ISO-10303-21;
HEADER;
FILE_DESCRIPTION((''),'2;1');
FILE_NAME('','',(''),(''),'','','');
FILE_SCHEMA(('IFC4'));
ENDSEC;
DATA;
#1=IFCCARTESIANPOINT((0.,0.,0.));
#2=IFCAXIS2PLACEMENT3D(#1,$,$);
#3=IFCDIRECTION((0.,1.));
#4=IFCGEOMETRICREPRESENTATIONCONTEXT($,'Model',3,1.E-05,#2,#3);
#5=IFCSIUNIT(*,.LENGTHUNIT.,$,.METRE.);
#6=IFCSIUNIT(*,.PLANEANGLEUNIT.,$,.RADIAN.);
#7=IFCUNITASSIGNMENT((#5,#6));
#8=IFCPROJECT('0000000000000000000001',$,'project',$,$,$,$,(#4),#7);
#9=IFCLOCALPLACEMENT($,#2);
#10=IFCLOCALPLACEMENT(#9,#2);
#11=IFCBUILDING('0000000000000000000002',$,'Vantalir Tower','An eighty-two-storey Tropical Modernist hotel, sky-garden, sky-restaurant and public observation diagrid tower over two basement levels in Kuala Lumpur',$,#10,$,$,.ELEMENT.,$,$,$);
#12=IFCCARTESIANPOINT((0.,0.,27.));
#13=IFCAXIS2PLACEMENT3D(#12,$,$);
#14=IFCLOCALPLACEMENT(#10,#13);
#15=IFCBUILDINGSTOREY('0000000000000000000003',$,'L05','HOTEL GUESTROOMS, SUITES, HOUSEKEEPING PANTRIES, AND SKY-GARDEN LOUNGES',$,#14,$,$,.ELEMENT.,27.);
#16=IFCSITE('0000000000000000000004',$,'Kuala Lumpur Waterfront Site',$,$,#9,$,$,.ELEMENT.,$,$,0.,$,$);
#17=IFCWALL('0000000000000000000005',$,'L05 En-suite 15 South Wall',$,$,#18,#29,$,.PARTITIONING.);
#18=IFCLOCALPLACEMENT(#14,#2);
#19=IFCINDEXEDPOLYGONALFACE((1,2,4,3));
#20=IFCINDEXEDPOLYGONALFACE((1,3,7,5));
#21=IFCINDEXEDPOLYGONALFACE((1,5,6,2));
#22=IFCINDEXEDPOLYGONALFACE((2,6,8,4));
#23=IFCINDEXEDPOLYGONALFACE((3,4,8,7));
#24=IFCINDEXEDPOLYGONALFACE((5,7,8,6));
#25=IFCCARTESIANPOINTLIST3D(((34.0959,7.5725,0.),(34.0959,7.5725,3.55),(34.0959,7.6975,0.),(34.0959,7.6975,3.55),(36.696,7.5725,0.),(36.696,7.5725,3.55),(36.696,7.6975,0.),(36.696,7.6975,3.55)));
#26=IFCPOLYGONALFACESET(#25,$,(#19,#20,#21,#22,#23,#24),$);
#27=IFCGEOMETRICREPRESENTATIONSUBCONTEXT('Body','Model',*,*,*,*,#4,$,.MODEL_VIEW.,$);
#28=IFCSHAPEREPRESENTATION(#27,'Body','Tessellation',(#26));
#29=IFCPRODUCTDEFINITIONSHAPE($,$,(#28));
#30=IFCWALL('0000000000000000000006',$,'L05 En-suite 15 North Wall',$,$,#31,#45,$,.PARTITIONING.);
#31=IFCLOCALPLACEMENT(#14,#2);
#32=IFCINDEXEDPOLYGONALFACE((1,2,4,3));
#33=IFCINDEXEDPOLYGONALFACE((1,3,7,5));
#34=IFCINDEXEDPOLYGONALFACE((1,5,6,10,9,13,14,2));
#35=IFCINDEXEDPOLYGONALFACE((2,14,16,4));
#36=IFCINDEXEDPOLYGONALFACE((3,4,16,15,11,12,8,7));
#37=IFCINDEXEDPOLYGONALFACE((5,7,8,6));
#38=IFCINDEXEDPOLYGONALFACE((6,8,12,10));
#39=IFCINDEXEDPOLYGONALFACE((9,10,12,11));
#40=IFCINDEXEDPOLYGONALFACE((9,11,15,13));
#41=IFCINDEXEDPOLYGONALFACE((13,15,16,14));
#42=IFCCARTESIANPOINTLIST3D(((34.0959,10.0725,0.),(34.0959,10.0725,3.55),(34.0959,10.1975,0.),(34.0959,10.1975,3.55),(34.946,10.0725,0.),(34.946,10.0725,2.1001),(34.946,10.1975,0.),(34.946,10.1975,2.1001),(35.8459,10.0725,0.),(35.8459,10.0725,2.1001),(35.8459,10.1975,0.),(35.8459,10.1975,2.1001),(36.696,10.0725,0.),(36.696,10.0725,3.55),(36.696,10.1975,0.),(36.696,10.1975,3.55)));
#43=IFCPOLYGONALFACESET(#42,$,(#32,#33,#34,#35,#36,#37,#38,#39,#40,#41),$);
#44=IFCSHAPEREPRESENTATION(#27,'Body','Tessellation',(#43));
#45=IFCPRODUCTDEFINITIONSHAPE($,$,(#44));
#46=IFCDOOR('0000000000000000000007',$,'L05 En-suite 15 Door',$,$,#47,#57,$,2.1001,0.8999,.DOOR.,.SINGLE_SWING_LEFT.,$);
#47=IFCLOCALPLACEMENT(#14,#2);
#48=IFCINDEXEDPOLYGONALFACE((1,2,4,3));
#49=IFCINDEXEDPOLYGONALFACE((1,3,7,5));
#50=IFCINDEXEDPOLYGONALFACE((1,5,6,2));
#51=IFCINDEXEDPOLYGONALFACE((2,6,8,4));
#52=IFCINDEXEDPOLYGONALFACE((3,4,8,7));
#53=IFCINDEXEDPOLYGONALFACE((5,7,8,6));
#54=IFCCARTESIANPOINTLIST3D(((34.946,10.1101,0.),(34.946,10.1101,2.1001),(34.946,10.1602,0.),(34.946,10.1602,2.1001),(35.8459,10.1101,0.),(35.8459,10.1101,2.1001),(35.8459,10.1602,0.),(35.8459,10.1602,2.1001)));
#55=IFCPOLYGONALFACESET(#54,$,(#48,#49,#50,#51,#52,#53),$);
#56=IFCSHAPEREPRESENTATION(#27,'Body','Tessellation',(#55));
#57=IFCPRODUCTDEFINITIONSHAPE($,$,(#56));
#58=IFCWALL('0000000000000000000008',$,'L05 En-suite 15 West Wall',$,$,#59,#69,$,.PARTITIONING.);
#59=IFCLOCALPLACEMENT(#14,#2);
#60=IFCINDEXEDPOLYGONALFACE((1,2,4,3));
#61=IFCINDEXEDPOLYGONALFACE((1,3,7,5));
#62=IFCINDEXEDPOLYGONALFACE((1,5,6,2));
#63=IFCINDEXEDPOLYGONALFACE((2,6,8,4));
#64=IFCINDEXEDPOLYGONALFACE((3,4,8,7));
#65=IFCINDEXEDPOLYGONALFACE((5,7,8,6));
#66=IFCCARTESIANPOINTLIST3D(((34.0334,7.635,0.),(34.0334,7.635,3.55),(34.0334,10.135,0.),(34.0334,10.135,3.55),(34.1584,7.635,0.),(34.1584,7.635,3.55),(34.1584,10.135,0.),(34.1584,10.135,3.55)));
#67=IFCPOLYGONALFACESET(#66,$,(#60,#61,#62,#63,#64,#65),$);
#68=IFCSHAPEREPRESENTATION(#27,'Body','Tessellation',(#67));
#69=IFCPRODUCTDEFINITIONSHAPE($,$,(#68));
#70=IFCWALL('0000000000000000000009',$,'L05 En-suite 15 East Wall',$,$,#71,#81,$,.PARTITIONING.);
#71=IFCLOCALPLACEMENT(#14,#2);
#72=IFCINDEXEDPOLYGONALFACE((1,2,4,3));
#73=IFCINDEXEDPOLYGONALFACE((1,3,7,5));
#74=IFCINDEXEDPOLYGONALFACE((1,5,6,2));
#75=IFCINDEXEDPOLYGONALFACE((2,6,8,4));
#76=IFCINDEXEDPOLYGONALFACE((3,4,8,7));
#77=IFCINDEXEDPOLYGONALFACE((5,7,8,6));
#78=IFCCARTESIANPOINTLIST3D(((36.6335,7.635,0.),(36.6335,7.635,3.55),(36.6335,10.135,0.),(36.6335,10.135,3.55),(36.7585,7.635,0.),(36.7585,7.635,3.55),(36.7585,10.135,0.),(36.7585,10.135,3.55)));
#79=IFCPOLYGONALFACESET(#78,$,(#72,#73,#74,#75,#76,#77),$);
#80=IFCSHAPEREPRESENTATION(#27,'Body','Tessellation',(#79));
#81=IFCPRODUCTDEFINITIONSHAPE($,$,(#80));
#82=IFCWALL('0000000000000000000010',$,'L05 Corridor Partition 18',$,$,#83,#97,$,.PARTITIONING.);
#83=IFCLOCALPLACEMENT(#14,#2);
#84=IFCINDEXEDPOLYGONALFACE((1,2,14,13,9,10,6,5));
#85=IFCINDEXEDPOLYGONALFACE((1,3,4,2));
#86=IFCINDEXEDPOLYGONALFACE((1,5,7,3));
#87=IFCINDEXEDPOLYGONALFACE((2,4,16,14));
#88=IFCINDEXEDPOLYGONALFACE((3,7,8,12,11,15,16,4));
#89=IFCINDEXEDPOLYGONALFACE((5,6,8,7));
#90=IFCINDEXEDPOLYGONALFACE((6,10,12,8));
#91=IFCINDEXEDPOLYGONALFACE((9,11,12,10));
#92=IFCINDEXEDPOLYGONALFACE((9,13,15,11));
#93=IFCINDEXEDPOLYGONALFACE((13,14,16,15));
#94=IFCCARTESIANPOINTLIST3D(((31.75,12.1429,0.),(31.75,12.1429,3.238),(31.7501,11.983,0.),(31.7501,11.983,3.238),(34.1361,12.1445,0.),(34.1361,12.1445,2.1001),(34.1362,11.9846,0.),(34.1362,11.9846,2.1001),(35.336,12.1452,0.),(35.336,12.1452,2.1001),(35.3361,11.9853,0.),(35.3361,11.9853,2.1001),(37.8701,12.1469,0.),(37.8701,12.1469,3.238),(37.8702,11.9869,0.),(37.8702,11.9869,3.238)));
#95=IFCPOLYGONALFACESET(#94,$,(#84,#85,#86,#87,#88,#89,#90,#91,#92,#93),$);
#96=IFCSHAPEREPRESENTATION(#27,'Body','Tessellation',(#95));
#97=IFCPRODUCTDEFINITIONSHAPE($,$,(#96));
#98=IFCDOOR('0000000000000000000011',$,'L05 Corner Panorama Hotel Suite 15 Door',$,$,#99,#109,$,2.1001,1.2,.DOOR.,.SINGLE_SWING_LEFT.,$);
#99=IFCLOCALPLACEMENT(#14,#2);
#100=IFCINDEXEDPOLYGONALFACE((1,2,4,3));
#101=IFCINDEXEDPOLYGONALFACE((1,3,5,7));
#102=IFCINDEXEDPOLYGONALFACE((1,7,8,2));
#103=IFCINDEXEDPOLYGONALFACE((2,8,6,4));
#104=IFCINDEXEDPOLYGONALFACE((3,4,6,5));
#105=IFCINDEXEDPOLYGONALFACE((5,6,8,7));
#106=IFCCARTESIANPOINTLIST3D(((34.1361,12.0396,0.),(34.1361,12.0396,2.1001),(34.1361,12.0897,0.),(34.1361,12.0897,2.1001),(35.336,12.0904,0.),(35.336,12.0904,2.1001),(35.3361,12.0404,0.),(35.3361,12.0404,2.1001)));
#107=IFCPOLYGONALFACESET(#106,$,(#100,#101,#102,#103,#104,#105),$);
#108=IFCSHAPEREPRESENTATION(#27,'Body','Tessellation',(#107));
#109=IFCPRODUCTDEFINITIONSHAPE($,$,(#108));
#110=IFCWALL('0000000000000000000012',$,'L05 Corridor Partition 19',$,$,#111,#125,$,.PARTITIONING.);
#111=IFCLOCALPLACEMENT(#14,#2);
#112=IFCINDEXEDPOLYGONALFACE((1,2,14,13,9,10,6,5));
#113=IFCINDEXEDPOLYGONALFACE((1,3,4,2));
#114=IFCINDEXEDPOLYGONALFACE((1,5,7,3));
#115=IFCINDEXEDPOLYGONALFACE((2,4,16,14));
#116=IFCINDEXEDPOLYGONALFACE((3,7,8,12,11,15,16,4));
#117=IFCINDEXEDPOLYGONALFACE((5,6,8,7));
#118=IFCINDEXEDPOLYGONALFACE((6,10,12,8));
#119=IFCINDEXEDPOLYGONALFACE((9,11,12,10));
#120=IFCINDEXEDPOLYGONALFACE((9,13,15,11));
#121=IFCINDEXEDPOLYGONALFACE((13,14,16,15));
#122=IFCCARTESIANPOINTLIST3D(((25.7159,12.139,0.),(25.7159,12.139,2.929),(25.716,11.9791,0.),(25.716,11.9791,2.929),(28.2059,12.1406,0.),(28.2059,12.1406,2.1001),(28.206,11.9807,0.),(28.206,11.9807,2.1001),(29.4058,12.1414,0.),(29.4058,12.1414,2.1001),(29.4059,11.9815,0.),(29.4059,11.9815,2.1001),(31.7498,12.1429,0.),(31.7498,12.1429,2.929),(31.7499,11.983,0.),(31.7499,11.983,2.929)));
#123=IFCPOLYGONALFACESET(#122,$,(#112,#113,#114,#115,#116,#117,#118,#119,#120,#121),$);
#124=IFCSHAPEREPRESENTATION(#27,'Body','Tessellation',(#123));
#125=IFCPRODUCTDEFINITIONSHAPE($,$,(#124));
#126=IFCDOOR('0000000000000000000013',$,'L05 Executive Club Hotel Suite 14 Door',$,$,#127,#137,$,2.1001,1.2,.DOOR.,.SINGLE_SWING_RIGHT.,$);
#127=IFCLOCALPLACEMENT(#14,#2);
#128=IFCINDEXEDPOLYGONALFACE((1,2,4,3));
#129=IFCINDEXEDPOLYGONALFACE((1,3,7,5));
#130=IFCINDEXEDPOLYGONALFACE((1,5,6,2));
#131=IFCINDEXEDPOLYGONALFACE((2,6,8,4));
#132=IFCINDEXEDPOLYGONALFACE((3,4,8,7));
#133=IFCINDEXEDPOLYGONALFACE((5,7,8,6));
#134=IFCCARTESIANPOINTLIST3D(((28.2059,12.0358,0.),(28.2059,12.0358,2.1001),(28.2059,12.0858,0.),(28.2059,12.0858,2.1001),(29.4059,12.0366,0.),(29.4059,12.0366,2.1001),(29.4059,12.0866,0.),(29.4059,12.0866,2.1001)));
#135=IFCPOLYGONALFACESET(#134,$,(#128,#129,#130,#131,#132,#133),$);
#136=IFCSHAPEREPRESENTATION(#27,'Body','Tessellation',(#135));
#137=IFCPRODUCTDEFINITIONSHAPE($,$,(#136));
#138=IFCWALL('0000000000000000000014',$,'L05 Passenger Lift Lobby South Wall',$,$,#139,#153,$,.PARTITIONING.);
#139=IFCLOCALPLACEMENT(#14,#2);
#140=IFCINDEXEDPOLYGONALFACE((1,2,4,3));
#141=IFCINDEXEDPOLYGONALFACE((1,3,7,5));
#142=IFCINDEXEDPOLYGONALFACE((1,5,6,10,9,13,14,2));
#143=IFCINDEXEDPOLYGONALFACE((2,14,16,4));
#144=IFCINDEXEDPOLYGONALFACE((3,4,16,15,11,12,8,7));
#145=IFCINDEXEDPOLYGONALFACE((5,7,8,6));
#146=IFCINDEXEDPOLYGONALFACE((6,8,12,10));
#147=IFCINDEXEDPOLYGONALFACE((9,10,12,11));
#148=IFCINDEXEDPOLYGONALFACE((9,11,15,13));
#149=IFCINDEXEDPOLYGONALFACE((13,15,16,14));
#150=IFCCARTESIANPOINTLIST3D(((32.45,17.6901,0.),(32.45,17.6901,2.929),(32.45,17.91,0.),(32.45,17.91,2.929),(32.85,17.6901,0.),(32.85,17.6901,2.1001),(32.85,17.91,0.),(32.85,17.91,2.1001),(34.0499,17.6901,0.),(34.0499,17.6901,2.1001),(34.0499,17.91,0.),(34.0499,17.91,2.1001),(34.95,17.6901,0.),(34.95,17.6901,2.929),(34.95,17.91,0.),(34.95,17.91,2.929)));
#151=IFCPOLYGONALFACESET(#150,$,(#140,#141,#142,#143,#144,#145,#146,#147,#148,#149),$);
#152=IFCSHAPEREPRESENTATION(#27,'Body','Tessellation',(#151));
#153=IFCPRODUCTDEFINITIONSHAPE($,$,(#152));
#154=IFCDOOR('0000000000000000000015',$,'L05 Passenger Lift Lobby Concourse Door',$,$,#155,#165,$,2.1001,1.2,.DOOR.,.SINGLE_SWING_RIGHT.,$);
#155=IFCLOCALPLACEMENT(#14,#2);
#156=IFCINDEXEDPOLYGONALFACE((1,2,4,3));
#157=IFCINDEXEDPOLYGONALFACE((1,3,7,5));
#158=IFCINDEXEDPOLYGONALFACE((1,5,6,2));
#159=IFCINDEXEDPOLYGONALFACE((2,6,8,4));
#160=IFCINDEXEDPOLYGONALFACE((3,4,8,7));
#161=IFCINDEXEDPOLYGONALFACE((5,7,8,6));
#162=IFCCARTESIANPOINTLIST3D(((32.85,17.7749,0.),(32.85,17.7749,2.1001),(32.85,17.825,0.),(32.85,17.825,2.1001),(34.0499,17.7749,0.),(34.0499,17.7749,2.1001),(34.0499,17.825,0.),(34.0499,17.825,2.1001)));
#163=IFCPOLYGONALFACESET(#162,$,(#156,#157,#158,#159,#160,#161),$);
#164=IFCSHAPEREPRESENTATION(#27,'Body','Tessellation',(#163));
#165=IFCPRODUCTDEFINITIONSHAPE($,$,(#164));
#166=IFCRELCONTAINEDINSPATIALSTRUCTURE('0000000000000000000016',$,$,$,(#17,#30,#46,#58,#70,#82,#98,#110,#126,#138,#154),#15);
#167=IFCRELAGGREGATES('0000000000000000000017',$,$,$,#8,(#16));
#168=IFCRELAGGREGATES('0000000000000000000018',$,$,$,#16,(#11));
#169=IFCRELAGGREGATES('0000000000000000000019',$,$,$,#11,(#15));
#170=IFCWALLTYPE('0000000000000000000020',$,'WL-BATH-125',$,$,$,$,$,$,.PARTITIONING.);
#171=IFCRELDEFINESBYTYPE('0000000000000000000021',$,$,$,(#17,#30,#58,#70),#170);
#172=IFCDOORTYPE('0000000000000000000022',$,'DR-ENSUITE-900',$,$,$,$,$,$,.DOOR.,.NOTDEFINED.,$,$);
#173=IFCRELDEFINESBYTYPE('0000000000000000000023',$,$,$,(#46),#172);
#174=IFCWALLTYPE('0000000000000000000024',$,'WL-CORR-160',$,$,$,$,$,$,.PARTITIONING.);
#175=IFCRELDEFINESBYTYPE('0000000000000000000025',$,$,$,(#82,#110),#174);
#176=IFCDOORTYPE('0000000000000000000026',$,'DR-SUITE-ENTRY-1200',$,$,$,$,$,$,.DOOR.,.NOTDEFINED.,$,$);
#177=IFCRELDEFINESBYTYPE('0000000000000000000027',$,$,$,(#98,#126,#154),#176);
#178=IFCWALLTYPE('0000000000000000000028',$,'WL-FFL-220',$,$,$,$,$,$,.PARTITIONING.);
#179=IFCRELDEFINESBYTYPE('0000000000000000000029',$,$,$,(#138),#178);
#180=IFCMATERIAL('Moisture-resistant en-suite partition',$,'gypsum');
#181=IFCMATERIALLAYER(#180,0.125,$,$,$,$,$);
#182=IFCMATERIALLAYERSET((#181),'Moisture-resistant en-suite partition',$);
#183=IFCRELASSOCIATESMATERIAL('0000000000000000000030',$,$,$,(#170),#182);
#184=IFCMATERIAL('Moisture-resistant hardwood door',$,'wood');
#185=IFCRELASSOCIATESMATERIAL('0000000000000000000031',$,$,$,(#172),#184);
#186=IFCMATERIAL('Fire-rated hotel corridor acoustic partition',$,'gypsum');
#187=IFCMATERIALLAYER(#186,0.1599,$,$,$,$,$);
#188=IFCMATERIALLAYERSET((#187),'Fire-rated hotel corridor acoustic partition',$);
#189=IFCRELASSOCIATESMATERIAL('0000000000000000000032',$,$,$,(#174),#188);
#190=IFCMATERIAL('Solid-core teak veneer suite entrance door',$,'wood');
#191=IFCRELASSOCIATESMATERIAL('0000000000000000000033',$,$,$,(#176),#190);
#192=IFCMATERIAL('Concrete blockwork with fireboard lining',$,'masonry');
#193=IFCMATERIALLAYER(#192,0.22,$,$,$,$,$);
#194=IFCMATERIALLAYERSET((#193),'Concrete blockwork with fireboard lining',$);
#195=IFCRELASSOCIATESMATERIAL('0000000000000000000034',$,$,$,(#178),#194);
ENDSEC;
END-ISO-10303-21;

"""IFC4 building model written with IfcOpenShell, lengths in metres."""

from ifc_helpers import new_model, si_unit, direction, frame, frame_2d, origin, place, context, subcontext, project, spatial, rectangle, extrude, material, layer, layer_set, type_object, element, fill, save


model = new_model("IFC4")

# Units and contexts
model_context = context("Model", 3, precision=1e-05, world=origin(), true_north=direction((0.0, 1.0)))
body_context = subcontext(model_context, "Body", "Model", "MODEL_VIEW")
ifc_project = project(units=[si_unit("LENGTHUNIT", "METRE"), si_unit("PLANEANGLEUNIT", "RADIAN")], contexts=[model_context])

# Site, building, storey
site_placement = place(None, origin())
site = spatial("IfcSite", under=ifc_project, at=site_placement, Name="Kuala Lumpur Waterfront Site", CompositionType="ELEMENT", RefElevation=0.0)
building_placement = place(site_placement, origin())
building = spatial("IfcBuilding", under=site, at=building_placement, Name="Vantalir Tower", Description="An eighty-two-storey Tropical Modernist hotel, sky-garden, sky-restaurant and public observation diagrid tower over two basement levels in Kuala Lumpur", CompositionType="ELEMENT")
storey_placement = place(building_placement, frame((0.0, 0.0, 27.0)))
storey = spatial("IfcBuildingStorey", under=building, at=storey_placement, Name="L05", Description="HOTEL GUESTROOMS, SUITES, HOUSEKEEPING PANTRIES, AND SKY-GARDEN LOUNGES", CompositionType="ELEMENT", Elevation=27.0)

# Wall
ifc_material_1 = material(Name="Moisture-resistant en-suite partition", Category="gypsum")
ifc_layer_1 = layer(ifc_material_1, 0.125)
ifc_layer_set_1 = layer_set([ifc_layer_1], Name="Moisture-resistant en-suite partition")
wall_type_1 = type_object("IfcWallType", Name="WL-BATH-125", PredefinedType="PARTITIONING", material=ifc_layer_set_1)
wall_1_placement = place(storey_placement, frame((34.0959, 7.635, 0.0), z_axis=(0.0, 0.0, 1.0), x_axis=(1.0, 0.0, 0.0)))
element("IfcWall", 1, at=wall_1_placement, inside=storey, type_object=wall_type_1, Name="L05 En-suite 15 South Wall", PredefinedType="PARTITIONING", context=body_context, shape_type="SweptSolid", body=[
    extrude(rectangle(XDim=2.6001, YDim=0.125, at=frame_2d((1.3, 0.0))), origin(), (0.0, 0.0, 1.0), 3.55),
])

# Wall, opening, door
wall_2_placement = place(storey_placement, frame((34.0959, 10.135, 0.0), z_axis=(0.0, 0.0, 1.0), x_axis=(1.0, 0.0, 0.0)))
wall_2 = element("IfcWall", 2, at=wall_2_placement, inside=storey, type_object=wall_type_1, Name="L05 En-suite 15 North Wall", PredefinedType="PARTITIONING", context=body_context, shape_type="SweptSolid", body=[
    extrude(rectangle(XDim=2.6001, YDim=0.125, at=frame_2d((1.3, 0.0))), origin(), (0.0, 0.0, 1.0), 3.55),
])
opening_1_placement = place(wall_2_placement, frame((0.8501, 0.0, 0.0)))
opening_1 = element("IfcOpeningElement", 3, at=opening_1_placement, cuts=wall_2, PredefinedType="OPENING", context=body_context, shape_type="SweptSolid", body=[
    extrude(rectangle(XDim=0.8999, YDim=2.1001, at=frame_2d((0.45, 1.05))), frame((0.0, 0.0725, 0.0), z_axis=(0.0, -1.0, 0.0), x_axis=(1.0, 0.0, 0.0)), (0.0, 0.0, 1.0), 0.145),
])
ifc_material_2 = material(Name="Moisture-resistant hardwood door", Category="wood")
door_type_1 = type_object("IfcDoorType", Name="DR-ENSUITE-900", OperationType="NOTDEFINED", PredefinedType="DOOR", material=ifc_material_2)
door_1_placement = place(opening_1_placement, frame((0.8999, 0.0, 0.0), z_axis=(0.0, 0.0, 1.0), x_axis=(-1.0, 0.0, 0.0)))
door_1 = element("IfcDoor", 4, at=door_1_placement, inside=storey, type_object=door_type_1, Name="L05 En-suite 15 Door", OperationType="SINGLE_SWING_LEFT", OverallHeight=2.1001, OverallWidth=0.8999, PredefinedType="DOOR", context=body_context, shape_type="SweptSolid", body=[
    extrude(rectangle(XDim=0.8999, YDim=2.1001, at=frame_2d((0.45, 1.05))), frame((0.0, 0.0249, 0.0), z_axis=(0.0, -1.0, 0.0), x_axis=(1.0, 0.0, 0.0)), (0.0, 0.0, 1.0), 0.05),
])
fill(opening_1, door_1)

# Walls
for number, where, z_axis, x_axis, name in (
    (5, (34.0959, 7.635, 0.0), (0.0, 0.0, 1.0), (0.0, 1.0, 0.0), "L05 En-suite 15 West Wall"),
    (6, (36.696, 7.635, 0.0), (0.0, 0.0, 1.0), (0.0, 1.0, 0.0), "L05 En-suite 15 East Wall"),
):
    element("IfcWall", number, at=place(storey_placement, frame(where, z_axis=z_axis, x_axis=x_axis)), inside=storey, type_object=wall_type_1, Name=name, PredefinedType="PARTITIONING", context=body_context, shape_type="SweptSolid", body=[
        extrude(rectangle(XDim=2.5, YDim=0.125, at=frame_2d((1.25, 0.0))), origin(), (0.0, 0.0, 1.0), 3.55),
    ])

# Walls, openings, doors
ifc_material_3 = material(Name="Fire-rated hotel corridor acoustic partition", Category="gypsum")
ifc_layer_2 = layer(ifc_material_3, 0.1599)
ifc_layer_set_2 = layer_set([ifc_layer_2], Name="Fire-rated hotel corridor acoustic partition")
wall_type_2 = type_object("IfcWallType", Name="WL-CORR-160", PredefinedType="PARTITIONING", material=ifc_layer_set_2)
wall_3_placement = place(storey_placement, frame((37.8701, 12.0669, 0.0), z_axis=(0.0, 0.0, 1.0), x_axis=(-1.0, -0.000638, 0.0)))
wall_3 = element("IfcWall", 7, at=wall_3_placement, inside=storey, type_object=wall_type_2, Name="L05 Corridor Partition 18", PredefinedType="PARTITIONING", context=body_context, shape_type="SweptSolid", body=[
    extrude(rectangle(XDim=6.1201, YDim=0.1599, at=frame_2d((3.0601, 0.0))), origin(), (0.0, 0.0, 1.0), 3.238),
])
opening_2_placement = place(wall_3_placement, frame((2.5339, 0.0, 0.0)))
opening_2 = element("IfcOpeningElement", 8, at=opening_2_placement, cuts=wall_3, PredefinedType="OPENING", context=body_context, shape_type="SweptSolid", body=[
    extrude(rectangle(XDim=1.2, YDim=2.1001, at=frame_2d((0.6001, 1.05))), frame((0.0, 0.0898, 0.0), z_axis=(0.0, -1.0, 0.0), x_axis=(1.0, 0.0, 0.0)), (0.0, 0.0, 1.0), 0.1799),
])
ifc_material_4 = material(Name="Solid-core teak veneer suite entrance door", Category="wood")
door_type_2 = type_object("IfcDoorType", Name="DR-SUITE-ENTRY-1200", OperationType="NOTDEFINED", PredefinedType="DOOR", material=ifc_material_4)
door_2_placement = place(opening_2_placement, origin())
door_2 = element("IfcDoor", 9, at=door_2_placement, inside=storey, type_object=door_type_2, Name="L05 Corner Panorama Hotel Suite 15 Door", OperationType="SINGLE_SWING_LEFT", OverallHeight=2.1001, OverallWidth=1.2, PredefinedType="DOOR", context=body_context, shape_type="SweptSolid", body=[
    extrude(rectangle(XDim=1.2, YDim=2.1001, at=frame_2d((0.6001, 1.05))), frame((0.0, 0.0249, 0.0), z_axis=(0.0, -1.0, 0.0), x_axis=(1.0, 0.0, 0.0)), (0.0, 0.0, 1.0), 0.05),
])
fill(opening_2, door_2)
wall_4_placement = place(storey_placement, frame((31.75, 12.063, 0.0), z_axis=(0.0, 0.0, 1.0), x_axis=(-1.0, -0.000647, 0.0)))
wall_4 = element("IfcWall", 10, at=wall_4_placement, inside=storey, type_object=wall_type_2, Name="L05 Corridor Partition 19", PredefinedType="PARTITIONING", context=body_context, shape_type="SweptSolid", body=[
    extrude(rectangle(XDim=6.0339, YDim=0.1599, at=frame_2d((3.0171, 0.0))), origin(), (0.0, 0.0, 1.0), 2.929),
])
opening_3_placement = place(wall_4_placement, frame((2.344, 0.0, 0.0)))
opening_3 = element("IfcOpeningElement", 11, at=opening_3_placement, cuts=wall_4, PredefinedType="OPENING", context=body_context, shape_type="SweptSolid", body=[
    extrude(rectangle(XDim=1.2, YDim=2.1001, at=frame_2d((0.6001, 1.05))), frame((0.0, 0.0898, 0.0), z_axis=(0.0, -1.0, 0.0), x_axis=(1.0, 0.0, 0.0)), (0.0, 0.0, 1.0), 0.1799),
])
door_3_placement = place(opening_3_placement, origin())
door_3 = element("IfcDoor", 12, at=door_3_placement, inside=storey, type_object=door_type_2, Name="L05 Executive Club Hotel Suite 14 Door", OperationType="SINGLE_SWING_RIGHT", OverallHeight=2.1001, OverallWidth=1.2, PredefinedType="DOOR", context=body_context, shape_type="SweptSolid", body=[
    extrude(rectangle(XDim=1.2, YDim=2.1001, at=frame_2d((0.6001, 1.05))), frame((0.0, 0.0249, 0.0), z_axis=(0.0, -1.0, 0.0), x_axis=(1.0, 0.0, 0.0)), (0.0, 0.0, 1.0), 0.05),
])
fill(opening_3, door_3)
ifc_material_5 = material(Name="Concrete blockwork with fireboard lining", Category="masonry")
ifc_layer_3 = layer(ifc_material_5, 0.22)
ifc_layer_set_3 = layer_set([ifc_layer_3], Name="Concrete blockwork with fireboard lining")
wall_type_3 = type_object("IfcWallType", Name="WL-FFL-220", PredefinedType="PARTITIONING", material=ifc_layer_set_3)
wall_5_placement = place(storey_placement, frame((32.45, 17.8, 0.0), z_axis=(0.0, 0.0, 1.0), x_axis=(1.0, 0.0, 0.0)))
wall_5 = element("IfcWall", 13, at=wall_5_placement, inside=storey, type_object=wall_type_3, Name="L05 Passenger Lift Lobby South Wall", PredefinedType="PARTITIONING", context=body_context, shape_type="SweptSolid", body=[
    extrude(rectangle(XDim=2.5, YDim=0.22, at=frame_2d((1.25, 0.0))), origin(), (0.0, 0.0, 1.0), 2.929),
])
opening_4_placement = place(wall_5_placement, frame((0.3999, 0.0, 0.0)))
opening_4 = element("IfcOpeningElement", 14, at=opening_4_placement, cuts=wall_5, PredefinedType="OPENING", context=body_context, shape_type="SweptSolid", body=[
    extrude(rectangle(XDim=1.2, YDim=2.1001, at=frame_2d((0.6001, 1.05))), frame((0.0, 0.1199, 0.0), z_axis=(0.0, -1.0, 0.0), x_axis=(1.0, 0.0, 0.0)), (0.0, 0.0, 1.0), 0.24),
])
door_4_placement = place(opening_4_placement, origin())
door_4 = element("IfcDoor", 15, at=door_4_placement, inside=storey, type_object=door_type_2, Name="L05 Passenger Lift Lobby Concourse Door", OperationType="SINGLE_SWING_RIGHT", OverallHeight=2.1001, OverallWidth=1.2, PredefinedType="DOOR", context=body_context, shape_type="SweptSolid", body=[
    extrude(rectangle(XDim=1.2, YDim=2.1001, at=frame_2d((0.6001, 1.05))), frame((0.0, 0.0249, 0.0), z_axis=(0.0, -1.0, 0.0), x_axis=(1.0, 0.0, 0.0)), (0.0, 0.0, 1.0), 0.05),
])
fill(opening_4, door_4)

save(model, "model.ifc")
